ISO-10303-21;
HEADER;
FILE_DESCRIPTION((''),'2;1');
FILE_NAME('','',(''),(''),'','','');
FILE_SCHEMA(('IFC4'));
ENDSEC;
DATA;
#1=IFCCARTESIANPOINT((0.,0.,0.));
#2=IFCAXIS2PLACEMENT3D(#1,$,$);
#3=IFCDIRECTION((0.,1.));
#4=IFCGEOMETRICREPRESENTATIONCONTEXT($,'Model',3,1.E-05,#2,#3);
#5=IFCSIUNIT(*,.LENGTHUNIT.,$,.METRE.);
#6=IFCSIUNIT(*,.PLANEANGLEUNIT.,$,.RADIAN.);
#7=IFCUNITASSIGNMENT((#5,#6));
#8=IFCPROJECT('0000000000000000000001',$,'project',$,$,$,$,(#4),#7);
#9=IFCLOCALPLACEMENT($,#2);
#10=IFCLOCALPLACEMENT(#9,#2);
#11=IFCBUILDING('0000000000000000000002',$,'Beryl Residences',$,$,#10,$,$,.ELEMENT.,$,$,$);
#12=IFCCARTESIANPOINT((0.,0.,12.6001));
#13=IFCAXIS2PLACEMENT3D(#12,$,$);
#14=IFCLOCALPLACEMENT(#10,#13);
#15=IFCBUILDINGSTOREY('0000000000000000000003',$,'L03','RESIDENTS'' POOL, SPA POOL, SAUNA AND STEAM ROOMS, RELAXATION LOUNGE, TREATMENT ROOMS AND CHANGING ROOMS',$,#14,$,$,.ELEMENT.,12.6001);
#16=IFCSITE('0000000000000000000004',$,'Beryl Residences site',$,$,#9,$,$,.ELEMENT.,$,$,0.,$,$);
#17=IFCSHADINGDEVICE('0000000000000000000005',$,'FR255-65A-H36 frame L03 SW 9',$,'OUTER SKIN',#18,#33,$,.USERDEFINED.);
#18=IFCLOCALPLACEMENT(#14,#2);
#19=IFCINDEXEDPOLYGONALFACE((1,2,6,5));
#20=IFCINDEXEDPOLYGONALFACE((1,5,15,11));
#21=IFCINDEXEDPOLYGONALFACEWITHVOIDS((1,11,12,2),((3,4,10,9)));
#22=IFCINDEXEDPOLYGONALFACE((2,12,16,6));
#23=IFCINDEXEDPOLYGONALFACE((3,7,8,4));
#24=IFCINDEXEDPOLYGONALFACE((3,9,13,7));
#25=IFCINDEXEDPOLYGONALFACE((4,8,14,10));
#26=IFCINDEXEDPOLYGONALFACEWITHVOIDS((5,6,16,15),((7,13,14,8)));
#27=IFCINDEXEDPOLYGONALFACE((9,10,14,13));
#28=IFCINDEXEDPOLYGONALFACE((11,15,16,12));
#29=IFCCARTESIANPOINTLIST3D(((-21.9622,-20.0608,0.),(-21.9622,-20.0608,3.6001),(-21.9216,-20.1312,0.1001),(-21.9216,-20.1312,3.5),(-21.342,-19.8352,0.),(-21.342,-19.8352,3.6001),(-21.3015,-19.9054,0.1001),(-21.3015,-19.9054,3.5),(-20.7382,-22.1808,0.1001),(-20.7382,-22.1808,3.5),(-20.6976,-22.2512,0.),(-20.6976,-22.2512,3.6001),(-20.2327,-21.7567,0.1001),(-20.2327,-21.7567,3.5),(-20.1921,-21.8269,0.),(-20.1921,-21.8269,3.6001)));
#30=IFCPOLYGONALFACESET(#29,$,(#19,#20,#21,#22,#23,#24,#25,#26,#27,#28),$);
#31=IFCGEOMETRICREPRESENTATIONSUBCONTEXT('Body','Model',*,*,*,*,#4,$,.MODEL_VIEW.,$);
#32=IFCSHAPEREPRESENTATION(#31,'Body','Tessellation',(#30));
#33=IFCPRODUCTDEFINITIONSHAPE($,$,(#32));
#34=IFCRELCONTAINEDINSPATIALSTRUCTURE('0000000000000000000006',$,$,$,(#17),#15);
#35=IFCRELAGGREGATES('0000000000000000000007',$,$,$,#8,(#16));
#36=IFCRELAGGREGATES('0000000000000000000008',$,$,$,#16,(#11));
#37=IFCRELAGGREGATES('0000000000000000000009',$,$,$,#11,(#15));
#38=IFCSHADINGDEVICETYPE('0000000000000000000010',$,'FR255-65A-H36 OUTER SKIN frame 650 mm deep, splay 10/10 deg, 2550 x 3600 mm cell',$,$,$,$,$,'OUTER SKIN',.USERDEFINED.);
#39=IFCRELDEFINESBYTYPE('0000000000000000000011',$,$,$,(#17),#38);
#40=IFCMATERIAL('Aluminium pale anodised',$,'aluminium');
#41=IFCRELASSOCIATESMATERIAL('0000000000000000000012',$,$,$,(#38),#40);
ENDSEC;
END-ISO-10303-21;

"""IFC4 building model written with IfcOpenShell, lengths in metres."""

from ifc_helpers import new_model, entity, si_unit, direction, frame, origin, place, context, subcontext, project, spatial, source, transform, mapped, material, type_object, type_shapes, element, save


model = new_model("IFC4")

# Units and contexts
model_context = context("Model", 3, precision=1e-05, world=origin(), true_north=direction((0.0, 1.0)))
body_context = subcontext(model_context, "Body", "Model", "MODEL_VIEW")
ifc_project = project(units=[si_unit("LENGTHUNIT", "METRE"), si_unit("PLANEANGLEUNIT", "RADIAN")], contexts=[model_context])

# Site, building, storey
site_placement = place(None, origin())
site = spatial("IfcSite", under=ifc_project, at=site_placement, Name="Beryl Residences site", CompositionType="ELEMENT", RefElevation=0.0)
building_placement = place(site_placement, origin())
building = spatial("IfcBuilding", under=site, at=building_placement, Name="Beryl Residences", CompositionType="ELEMENT")
storey_placement = place(building_placement, frame((0.0, 0.0, 12.6001)))
storey = spatial("IfcBuildingStorey", under=building, at=storey_placement, Name="L03", Description="RESIDENTS' POOL, SPA POOL, SAUNA AND STEAM ROOMS, RELAXATION LOUNGE, TREATMENT ROOMS AND CHANGING ROOMS", CompositionType="ELEMENT", Elevation=12.6001)

# Shading device
ifc_material_1 = material(Name="Aluminium pale anodised", Category="aluminium")
shading_device_type = type_object("IfcShadingDeviceType", Name="FR255-65A-H36 OUTER SKIN frame 650 mm deep, splay 10/10 deg, 2550 x 3600 mm cell", ElementType="OUTER SKIN", PredefinedType="USERDEFINED", material=ifc_material_1)
cartesian_point_1 = entity("IfcCartesianPoint", [-1.1499, 0.0])
cartesian_point_2 = entity("IfcCartesianPoint", [-1.0688, 0.1001])
cartesian_point_3 = entity("IfcCartesianPoint", [-1.2646, 0.0])
cartesian_point_4 = entity("IfcCartesianPoint", [-1.1833, 0.1001])
shared_shape = source(origin(), body_context, "Body", "SweptSolid", [
    entity("IfcExtrudedAreaSolidTapered", entity("IfcArbitraryProfileDefWithVoids", "AREA", None, entity("IfcPolyline", [cartesian_point_1, entity("IfcCartesianPoint", [1.1499, 0.0]), entity("IfcCartesianPoint", [1.1499, 3.6001]), entity("IfcCartesianPoint", [-1.1499, 3.6001]), cartesian_point_1]), [entity("IfcPolyline", [cartesian_point_2, entity("IfcCartesianPoint", [1.0688, 0.1001]), entity("IfcCartesianPoint", [1.0688, 3.5]), entity("IfcCartesianPoint", [-1.0688, 3.5]), cartesian_point_2])]), entity("IfcAxis2Placement3D", entity("IfcCartesianPoint", [0.0, 0.0, 0.0]), entity("IfcDirection", [0.0, 1.0, 0.0]), entity("IfcDirection", [-1.0, 0.0, 0.0])), entity("IfcDirection", [0.0, 0.0, 1.0]), 0.6499, entity("IfcArbitraryProfileDefWithVoids", "AREA", None, entity("IfcPolyline", [cartesian_point_3, entity("IfcCartesianPoint", [1.2646, 0.0]), entity("IfcCartesianPoint", [1.2646, 3.6001]), entity("IfcCartesianPoint", [-1.2646, 3.6001]), cartesian_point_3]), [entity("IfcPolyline", [cartesian_point_4, entity("IfcCartesianPoint", [1.1833, 0.1001]), entity("IfcCartesianPoint", [1.1833, 3.5]), entity("IfcCartesianPoint", [-1.1833, 3.5]), cartesian_point_4])])),
])
type_shapes(shading_device_type, [shared_shape])
for number, where, z_axis, x_axis, name in (
    (1, (-20.7671, -20.8311, 0.0), (0.0, 0.0, 1.0), (-0.5, 0.866025, 0.0), "FR255-65A-H36 frame L03 SW 9"),
):
    element("IfcShadingDevice", number, at=place(storey_placement, frame(where, z_axis=z_axis, x_axis=x_axis)), inside=storey, type_object=shading_device_type, Name=name, ObjectType="OUTER SKIN", PredefinedType="USERDEFINED", context=body_context, shape_type="MappedRepresentation", body=[
        mapped(shared_shape, transform((0.0, 0.0, 0.0))),
    ])

save(model, "model.ifc")
